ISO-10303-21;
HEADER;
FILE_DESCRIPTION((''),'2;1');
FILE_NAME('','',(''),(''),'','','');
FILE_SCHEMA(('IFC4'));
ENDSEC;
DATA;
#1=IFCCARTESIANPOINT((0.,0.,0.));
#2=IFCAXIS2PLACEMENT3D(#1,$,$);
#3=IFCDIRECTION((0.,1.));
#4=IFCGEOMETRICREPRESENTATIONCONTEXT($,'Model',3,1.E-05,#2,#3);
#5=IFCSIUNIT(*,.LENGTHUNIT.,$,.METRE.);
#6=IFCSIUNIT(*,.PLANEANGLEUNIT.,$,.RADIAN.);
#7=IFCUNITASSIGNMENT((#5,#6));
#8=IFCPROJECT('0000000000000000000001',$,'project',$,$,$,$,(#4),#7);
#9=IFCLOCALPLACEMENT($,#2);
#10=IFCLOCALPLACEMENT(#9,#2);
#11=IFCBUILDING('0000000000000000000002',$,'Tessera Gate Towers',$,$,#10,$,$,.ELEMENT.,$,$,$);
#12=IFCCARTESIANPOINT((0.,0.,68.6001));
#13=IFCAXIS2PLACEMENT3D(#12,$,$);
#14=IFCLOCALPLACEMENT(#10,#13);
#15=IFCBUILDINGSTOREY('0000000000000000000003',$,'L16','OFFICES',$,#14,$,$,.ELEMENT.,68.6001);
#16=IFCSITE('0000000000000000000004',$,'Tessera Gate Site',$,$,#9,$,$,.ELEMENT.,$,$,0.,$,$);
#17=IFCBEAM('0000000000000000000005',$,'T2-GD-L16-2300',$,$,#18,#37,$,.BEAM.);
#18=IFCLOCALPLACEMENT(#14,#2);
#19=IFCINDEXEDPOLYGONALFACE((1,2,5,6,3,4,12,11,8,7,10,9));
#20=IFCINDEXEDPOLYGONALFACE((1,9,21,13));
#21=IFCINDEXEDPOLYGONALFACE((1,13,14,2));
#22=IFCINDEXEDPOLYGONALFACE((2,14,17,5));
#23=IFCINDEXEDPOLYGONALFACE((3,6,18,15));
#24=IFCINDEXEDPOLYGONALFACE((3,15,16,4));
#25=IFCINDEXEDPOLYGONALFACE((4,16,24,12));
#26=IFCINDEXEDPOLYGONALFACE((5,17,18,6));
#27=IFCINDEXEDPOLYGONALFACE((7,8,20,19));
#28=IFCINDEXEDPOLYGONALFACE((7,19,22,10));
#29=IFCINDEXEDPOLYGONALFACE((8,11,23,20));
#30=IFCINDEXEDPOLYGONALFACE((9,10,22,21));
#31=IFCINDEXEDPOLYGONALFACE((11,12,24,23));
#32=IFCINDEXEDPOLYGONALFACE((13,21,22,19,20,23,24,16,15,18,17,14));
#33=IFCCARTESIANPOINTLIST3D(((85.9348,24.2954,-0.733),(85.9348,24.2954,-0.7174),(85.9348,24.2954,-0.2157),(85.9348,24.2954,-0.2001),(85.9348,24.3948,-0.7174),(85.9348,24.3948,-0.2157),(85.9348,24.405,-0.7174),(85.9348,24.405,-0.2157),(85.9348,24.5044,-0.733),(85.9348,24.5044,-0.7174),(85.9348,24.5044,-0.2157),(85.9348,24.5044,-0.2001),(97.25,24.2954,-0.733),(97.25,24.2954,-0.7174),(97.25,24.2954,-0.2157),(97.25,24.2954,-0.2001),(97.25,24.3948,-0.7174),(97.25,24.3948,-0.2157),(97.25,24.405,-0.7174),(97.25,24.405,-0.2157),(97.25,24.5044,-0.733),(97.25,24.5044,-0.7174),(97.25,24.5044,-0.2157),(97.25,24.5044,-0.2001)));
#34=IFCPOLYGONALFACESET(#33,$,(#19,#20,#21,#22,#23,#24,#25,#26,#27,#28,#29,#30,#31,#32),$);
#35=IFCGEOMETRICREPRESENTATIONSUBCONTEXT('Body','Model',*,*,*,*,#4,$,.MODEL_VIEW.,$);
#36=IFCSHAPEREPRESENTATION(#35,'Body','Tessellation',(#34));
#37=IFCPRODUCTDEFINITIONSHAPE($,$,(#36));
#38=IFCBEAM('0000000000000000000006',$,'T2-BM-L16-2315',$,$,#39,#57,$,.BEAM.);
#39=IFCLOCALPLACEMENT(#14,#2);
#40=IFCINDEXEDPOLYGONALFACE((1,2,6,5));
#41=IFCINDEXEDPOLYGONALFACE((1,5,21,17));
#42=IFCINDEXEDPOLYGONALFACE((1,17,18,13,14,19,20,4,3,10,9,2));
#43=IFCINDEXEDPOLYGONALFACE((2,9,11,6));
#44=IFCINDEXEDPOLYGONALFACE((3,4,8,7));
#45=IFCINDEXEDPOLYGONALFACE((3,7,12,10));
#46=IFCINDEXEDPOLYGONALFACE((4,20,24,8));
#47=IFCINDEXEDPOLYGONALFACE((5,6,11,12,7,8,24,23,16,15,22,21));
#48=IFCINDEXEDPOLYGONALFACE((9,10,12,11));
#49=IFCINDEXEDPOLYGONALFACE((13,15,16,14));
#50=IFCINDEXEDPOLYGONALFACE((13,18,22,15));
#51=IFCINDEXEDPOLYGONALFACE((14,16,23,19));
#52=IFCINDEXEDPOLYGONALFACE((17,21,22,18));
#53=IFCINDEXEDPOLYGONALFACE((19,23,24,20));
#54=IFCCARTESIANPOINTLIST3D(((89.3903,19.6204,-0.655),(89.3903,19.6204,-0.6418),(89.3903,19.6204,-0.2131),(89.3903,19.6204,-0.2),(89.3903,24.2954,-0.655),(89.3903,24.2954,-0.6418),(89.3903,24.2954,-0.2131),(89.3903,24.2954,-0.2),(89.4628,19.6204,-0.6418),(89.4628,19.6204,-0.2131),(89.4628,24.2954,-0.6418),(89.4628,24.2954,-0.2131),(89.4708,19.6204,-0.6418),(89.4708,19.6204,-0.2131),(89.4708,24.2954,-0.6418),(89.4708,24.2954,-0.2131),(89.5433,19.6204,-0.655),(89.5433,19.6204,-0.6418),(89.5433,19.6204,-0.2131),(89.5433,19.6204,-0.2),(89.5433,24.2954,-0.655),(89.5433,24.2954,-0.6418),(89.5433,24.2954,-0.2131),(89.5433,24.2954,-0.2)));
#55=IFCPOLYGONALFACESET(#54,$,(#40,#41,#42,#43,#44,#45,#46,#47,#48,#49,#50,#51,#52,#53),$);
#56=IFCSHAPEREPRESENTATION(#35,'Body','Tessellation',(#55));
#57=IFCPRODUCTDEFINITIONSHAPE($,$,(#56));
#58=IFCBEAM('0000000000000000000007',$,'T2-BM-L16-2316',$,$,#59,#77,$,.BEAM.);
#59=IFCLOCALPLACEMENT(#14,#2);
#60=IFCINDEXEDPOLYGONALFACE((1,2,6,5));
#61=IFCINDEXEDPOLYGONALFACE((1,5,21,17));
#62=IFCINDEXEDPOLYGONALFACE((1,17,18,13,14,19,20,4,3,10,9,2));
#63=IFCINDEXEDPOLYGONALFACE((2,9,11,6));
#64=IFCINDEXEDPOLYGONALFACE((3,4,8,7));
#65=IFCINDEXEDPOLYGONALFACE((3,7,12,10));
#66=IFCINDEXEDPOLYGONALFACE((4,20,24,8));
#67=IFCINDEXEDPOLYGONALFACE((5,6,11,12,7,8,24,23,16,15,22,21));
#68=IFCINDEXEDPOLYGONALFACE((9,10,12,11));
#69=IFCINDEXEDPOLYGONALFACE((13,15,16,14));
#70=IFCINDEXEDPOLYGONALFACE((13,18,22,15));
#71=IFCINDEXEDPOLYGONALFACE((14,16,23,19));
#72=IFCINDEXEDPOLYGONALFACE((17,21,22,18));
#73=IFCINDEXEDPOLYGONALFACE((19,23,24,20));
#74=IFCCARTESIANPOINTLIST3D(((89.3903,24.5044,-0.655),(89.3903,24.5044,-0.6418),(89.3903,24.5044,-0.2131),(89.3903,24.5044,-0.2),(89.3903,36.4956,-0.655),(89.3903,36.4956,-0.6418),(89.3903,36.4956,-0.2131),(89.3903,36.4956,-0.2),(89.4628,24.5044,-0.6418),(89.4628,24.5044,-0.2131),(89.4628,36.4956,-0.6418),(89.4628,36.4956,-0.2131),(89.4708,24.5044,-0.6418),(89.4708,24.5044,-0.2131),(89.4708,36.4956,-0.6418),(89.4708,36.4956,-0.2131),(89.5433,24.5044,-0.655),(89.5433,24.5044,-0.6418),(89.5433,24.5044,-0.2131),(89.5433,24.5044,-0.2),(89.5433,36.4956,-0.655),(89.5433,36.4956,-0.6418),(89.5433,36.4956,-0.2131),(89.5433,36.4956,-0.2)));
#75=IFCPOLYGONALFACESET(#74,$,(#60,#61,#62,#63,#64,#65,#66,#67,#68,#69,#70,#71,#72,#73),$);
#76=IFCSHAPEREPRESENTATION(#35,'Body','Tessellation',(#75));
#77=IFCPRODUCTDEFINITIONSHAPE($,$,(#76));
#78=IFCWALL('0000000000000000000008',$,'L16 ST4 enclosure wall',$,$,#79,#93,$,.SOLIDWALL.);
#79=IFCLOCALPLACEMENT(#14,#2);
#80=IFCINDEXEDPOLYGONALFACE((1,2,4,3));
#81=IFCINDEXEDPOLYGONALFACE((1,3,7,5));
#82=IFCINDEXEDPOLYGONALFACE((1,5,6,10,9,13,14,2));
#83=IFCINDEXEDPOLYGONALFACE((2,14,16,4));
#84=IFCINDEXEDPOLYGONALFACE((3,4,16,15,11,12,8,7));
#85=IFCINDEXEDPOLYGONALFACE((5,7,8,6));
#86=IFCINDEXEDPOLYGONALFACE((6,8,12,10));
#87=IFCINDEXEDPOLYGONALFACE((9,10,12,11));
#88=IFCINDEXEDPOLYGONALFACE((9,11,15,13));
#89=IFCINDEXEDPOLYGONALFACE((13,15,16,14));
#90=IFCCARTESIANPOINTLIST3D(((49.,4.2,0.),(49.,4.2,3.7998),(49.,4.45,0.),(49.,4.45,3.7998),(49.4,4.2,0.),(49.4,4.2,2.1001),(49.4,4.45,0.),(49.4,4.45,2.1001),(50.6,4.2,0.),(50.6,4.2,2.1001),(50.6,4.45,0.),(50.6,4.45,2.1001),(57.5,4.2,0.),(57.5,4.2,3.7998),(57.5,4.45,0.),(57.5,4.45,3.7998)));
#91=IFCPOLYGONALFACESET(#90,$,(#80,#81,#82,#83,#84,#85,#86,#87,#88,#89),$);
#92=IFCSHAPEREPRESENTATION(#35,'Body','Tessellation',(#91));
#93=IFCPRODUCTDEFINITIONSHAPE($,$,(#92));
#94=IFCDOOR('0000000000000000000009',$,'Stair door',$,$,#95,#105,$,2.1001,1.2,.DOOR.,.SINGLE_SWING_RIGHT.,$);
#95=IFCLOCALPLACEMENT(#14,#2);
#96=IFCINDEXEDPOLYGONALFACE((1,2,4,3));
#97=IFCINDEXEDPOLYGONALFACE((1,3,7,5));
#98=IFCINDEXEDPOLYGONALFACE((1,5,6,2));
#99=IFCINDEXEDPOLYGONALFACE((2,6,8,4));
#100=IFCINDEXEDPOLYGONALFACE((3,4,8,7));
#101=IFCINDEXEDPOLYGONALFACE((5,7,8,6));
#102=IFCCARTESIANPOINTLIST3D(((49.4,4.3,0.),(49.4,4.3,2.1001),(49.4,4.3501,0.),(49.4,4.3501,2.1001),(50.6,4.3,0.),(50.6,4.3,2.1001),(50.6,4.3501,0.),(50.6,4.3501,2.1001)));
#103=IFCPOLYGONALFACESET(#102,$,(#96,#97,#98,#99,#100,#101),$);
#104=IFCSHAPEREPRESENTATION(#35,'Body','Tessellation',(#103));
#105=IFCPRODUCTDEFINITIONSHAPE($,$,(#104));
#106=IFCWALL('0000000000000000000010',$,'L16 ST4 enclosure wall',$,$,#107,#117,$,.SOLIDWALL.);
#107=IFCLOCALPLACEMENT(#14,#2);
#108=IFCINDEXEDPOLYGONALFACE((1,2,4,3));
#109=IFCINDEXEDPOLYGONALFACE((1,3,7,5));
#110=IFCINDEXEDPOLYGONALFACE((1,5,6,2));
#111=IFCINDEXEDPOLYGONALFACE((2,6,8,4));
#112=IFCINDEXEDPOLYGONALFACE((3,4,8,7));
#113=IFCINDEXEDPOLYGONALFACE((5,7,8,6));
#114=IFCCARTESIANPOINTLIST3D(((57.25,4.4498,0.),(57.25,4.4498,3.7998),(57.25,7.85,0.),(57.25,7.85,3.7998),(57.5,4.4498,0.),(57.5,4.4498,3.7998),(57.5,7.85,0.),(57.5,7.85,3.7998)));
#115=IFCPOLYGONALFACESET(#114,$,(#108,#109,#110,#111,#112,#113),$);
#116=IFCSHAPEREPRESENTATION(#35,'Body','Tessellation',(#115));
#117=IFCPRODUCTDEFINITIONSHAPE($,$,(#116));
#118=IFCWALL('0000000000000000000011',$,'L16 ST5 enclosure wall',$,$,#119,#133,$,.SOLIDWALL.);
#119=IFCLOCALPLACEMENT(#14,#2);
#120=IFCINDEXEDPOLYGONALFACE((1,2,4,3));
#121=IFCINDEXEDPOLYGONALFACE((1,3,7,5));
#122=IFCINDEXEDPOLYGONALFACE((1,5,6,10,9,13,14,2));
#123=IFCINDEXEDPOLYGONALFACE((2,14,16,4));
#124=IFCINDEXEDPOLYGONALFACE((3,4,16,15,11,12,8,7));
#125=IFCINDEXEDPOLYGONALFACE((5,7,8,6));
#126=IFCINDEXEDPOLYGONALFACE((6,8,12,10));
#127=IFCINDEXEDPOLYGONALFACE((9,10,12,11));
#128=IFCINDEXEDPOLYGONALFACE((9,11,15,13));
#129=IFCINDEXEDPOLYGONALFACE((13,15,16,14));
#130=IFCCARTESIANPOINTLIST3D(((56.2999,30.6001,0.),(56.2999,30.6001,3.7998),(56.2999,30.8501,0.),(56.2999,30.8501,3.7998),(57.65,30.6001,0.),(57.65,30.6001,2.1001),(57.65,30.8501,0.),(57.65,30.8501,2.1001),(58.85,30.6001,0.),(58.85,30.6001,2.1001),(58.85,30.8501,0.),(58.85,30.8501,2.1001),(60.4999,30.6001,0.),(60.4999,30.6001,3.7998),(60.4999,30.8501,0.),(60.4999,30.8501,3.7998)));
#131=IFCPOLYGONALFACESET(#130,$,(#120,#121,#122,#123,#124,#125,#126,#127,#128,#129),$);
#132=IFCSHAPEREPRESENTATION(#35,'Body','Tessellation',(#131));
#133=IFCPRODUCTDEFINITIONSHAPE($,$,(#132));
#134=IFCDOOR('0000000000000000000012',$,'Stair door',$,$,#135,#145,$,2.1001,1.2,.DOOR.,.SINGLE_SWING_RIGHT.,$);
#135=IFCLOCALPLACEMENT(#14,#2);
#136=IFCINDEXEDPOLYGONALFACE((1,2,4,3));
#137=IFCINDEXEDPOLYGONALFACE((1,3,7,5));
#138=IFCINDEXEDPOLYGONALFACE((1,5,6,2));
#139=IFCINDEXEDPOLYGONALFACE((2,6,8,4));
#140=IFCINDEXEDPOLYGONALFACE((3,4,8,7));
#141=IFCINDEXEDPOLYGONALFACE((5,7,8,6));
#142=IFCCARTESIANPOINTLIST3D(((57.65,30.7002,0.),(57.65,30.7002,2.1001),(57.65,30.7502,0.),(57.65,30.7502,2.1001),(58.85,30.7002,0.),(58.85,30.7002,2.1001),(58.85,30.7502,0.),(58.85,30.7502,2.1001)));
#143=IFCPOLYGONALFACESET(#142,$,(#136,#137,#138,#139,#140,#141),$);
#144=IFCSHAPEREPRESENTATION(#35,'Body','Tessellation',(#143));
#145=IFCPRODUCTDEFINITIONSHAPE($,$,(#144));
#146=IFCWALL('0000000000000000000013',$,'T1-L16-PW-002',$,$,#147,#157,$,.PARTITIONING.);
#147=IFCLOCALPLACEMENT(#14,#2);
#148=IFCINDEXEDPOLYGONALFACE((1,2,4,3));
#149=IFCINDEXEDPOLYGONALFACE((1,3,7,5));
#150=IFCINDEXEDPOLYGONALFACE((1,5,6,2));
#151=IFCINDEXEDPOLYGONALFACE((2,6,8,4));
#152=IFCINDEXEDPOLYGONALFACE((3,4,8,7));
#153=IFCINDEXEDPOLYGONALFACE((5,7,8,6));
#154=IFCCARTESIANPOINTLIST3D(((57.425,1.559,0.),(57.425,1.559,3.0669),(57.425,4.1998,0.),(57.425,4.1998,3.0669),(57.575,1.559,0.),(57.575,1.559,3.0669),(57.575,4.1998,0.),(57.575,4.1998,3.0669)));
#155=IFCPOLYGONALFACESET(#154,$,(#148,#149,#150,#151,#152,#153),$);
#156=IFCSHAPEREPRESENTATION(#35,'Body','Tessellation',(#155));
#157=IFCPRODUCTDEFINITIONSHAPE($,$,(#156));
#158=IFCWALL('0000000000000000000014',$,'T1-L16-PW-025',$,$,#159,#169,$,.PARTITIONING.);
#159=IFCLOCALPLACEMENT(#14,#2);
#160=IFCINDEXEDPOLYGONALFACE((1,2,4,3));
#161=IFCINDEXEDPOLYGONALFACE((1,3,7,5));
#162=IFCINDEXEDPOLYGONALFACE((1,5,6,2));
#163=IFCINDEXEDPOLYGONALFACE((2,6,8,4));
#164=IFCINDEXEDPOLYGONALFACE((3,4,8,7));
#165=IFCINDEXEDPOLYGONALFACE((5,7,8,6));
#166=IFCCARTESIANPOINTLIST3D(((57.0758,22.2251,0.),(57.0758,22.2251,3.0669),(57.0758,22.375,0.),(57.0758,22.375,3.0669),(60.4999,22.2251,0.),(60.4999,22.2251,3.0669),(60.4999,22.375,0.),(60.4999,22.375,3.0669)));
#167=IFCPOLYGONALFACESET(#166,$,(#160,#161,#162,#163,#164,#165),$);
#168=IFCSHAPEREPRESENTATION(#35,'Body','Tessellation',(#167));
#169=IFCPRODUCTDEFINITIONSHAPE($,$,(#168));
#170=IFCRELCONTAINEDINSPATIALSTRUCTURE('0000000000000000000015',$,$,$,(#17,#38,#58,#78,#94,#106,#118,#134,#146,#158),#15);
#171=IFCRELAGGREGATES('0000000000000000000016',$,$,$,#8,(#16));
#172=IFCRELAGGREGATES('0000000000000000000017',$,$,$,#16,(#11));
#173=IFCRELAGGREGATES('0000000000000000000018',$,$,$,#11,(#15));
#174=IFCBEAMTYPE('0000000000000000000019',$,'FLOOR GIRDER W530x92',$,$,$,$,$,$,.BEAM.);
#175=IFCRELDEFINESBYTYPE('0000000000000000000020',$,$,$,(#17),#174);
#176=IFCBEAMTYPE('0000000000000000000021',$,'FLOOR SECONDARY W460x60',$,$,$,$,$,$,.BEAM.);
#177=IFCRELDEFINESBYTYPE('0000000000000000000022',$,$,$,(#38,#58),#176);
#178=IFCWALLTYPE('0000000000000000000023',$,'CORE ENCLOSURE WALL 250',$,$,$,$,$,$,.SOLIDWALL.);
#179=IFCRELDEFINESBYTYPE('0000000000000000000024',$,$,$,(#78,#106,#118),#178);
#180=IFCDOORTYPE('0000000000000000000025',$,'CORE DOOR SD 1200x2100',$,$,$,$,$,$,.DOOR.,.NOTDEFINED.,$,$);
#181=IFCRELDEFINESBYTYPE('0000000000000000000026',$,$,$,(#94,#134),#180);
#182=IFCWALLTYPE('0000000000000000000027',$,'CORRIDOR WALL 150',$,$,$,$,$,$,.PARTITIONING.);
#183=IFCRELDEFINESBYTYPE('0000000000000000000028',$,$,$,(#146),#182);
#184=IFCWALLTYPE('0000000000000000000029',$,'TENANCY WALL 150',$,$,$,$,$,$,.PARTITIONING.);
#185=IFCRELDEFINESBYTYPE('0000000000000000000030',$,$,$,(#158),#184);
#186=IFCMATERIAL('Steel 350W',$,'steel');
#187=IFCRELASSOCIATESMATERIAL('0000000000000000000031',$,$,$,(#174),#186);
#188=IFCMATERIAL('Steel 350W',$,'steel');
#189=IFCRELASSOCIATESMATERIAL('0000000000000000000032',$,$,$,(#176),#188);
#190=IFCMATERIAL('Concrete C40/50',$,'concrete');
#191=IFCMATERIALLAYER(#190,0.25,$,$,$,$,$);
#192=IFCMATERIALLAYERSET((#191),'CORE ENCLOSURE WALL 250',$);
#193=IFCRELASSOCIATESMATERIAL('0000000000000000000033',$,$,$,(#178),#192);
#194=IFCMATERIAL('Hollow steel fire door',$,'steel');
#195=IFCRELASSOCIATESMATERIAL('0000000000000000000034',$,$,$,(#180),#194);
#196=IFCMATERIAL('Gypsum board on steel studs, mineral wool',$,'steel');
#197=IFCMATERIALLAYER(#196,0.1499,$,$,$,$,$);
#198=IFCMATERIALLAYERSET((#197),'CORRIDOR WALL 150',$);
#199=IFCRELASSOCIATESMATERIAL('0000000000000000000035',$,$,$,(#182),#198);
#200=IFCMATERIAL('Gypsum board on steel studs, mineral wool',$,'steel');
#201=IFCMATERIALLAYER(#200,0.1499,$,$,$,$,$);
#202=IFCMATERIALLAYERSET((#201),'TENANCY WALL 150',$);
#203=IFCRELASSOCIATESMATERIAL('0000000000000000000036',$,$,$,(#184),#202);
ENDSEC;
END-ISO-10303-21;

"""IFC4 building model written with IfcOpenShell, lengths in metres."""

from ifc_helpers import new_model, si_unit, direction, frame, frame_2d, origin, origin_2d, place, context, subcontext, project, spatial, rectangle, i_section, extrude, source, transform, mapped, material, layer, layer_set, material_profile, profile_set, type_object, element, fill, save


model = new_model("IFC4")

# Units and contexts
model_context = context("Model", 3, precision=1e-05, world=origin(), true_north=direction((0.0, 1.0)))
body_context = subcontext(model_context, "Body", "Model", "MODEL_VIEW")
ifc_project = project(units=[si_unit("LENGTHUNIT", "METRE"), si_unit("PLANEANGLEUNIT", "RADIAN")], contexts=[model_context])

# Site, building, storey
site_placement = place(None, origin())
site = spatial("IfcSite", under=ifc_project, at=site_placement, Name="Tessera Gate Site", CompositionType="ELEMENT", RefElevation=0.0)
building_placement = place(site_placement, origin())
building = spatial("IfcBuilding", under=site, at=building_placement, Name="Tessera Gate Towers", CompositionType="ELEMENT")
storey_placement = place(building_placement, frame((0.0, 0.0, 68.6001)))
storey = spatial("IfcBuildingStorey", under=building, at=storey_placement, Name="L16", Description="OFFICES", CompositionType="ELEMENT", Elevation=68.6001)

# Beams
ifc_material_1 = material(Name="Steel 350W", Category="steel")
ifc_material_profile_1 = material_profile(ifc_material_1, i_section(OverallWidth=0.209, OverallDepth=0.533, WebThickness=0.0103, FlangeThickness=0.0156, at=origin_2d()), Name="W530x92")
ifc_profile_set_1 = profile_set([ifc_material_profile_1], Name="Steel 350W")
beam_type_1 = type_object("IfcBeamType", Name="FLOOR GIRDER W530x92", PredefinedType="BEAM", material=ifc_profile_set_1)
beam_1_placement = place(storey_placement, frame((85.9348, 24.3999, -0.4666), z_axis=(1.0, 0.0, 0.0), x_axis=(0.0, 1.0, 0.0)))
element("IfcBeam", 1, at=beam_1_placement, inside=storey, type_object=beam_type_1, Name="T2-GD-L16-2300", PredefinedType="BEAM", context=body_context, shape_type="SweptSolid", body=[
    extrude(i_section(OverallWidth=0.209, OverallDepth=0.533, WebThickness=0.0103, FlangeThickness=0.0156, at=origin_2d()), origin(), (0.0, 0.0, 1.0), 11.3152),
])
ifc_material_2 = material(Name="Steel 350W", Category="steel")
ifc_material_profile_2 = material_profile(ifc_material_2, i_section(OverallWidth=0.1531, OverallDepth=0.4551, WebThickness=0.0081, FlangeThickness=0.0132, at=origin_2d()), Name="W460x60")
ifc_profile_set_2 = profile_set([ifc_material_profile_2], Name="Steel 350W")
beam_type_2 = type_object("IfcBeamType", Name="FLOOR SECONDARY W460x60", PredefinedType="BEAM", material=ifc_profile_set_2)
beam_2_placement = place(storey_placement, frame((89.4668, 19.6204, -0.4275), z_axis=(0.0, 1.0, 0.0), x_axis=(-1.0, 0.0, 0.0)))
element("IfcBeam", 2, at=beam_2_placement, inside=storey, type_object=beam_type_2, Name="T2-BM-L16-2315", PredefinedType="BEAM", context=body_context, shape_type="SweptSolid", body=[
    extrude(i_section(OverallWidth=0.1531, OverallDepth=0.4551, WebThickness=0.0081, FlangeThickness=0.0132, at=origin_2d()), origin(), (0.0, 0.0, 1.0), 4.675),
])
beam_3_placement = place(storey_placement, frame((89.4668, 24.5044, -0.4275), z_axis=(0.0, 1.0, 0.0), x_axis=(-1.0, 0.0, 0.0)))
element("IfcBeam", 3, at=beam_3_placement, inside=storey, type_object=beam_type_2, Name="T2-BM-L16-2316", PredefinedType="BEAM", context=body_context, shape_type="SweptSolid", body=[
    extrude(i_section(OverallWidth=0.1531, OverallDepth=0.4551, WebThickness=0.0081, FlangeThickness=0.0132, at=origin_2d()), origin(), (0.0, 0.0, 1.0), 11.9912),
])

# Wall, opening, door
ifc_material_3 = material(Name="Concrete C40/50", Category="concrete")
ifc_layer_1 = layer(ifc_material_3, 0.25)
ifc_layer_set_1 = layer_set([ifc_layer_1], Name="CORE ENCLOSURE WALL 250")
wall_type_1 = type_object("IfcWallType", Name="CORE ENCLOSURE WALL 250", PredefinedType="SOLIDWALL", material=ifc_layer_set_1)
wall_1_placement = place(storey_placement, frame((57.5, 4.325, 0.0), z_axis=(0.0, 0.0, 1.0), x_axis=(-1.0, 0.0, 0.0)))
wall_1 = element("IfcWall", 4, at=wall_1_placement, inside=storey, type_object=wall_type_1, Name="L16 ST4 enclosure wall", PredefinedType="SOLIDWALL", context=body_context, shape_type="SweptSolid", body=[
    extrude(rectangle(XDim=8.5, YDim=0.25, at=frame_2d((4.25, 0.0))), origin(), (0.0, 0.0, 1.0), 3.7998),
])
shared_shape_1 = source(origin(), body_context, "Body", "SweptSolid", [
    extrude(rectangle(XDim=1.2, YDim=2.1001, at=frame_2d((0.6001, 1.05))), frame((0.0, 0.135, 0.0), z_axis=(0.0, -1.0, 0.0), x_axis=(1.0, 0.0, 0.0)), (0.0, 0.0, 1.0), 0.27),
])
opening_1_placement = place(wall_1_placement, frame((6.8999, 0.0, 0.0)))
opening_1 = element("IfcOpeningElement", 5, at=opening_1_placement, cuts=wall_1, PredefinedType="OPENING", context=body_context, shape_type="MappedRepresentation", body=[
    mapped(shared_shape_1, transform((0.0, 0.0, 0.0), scale=1.0)),
])
ifc_material_4 = material(Name="Hollow steel fire door", Category="steel")
door_type = type_object("IfcDoorType", Name="CORE DOOR SD 1200x2100", OperationType="NOTDEFINED", PredefinedType="DOOR", material=ifc_material_4)
shared_shape_2 = source(origin(), body_context, "Body", "SweptSolid", [
    extrude(rectangle(XDim=1.2, YDim=2.1001, at=frame_2d((0.6001, 1.05))), frame((0.0, 0.0249, 0.0), z_axis=(0.0, -1.0, 0.0), x_axis=(1.0, 0.0, 0.0)), (0.0, 0.0, 1.0), 0.05),
])
door_1_placement = place(opening_1_placement, origin())
door_1 = element("IfcDoor", 6, at=door_1_placement, inside=storey, type_object=door_type, Name="Stair door", OperationType="SINGLE_SWING_RIGHT", OverallHeight=2.1001, OverallWidth=1.2, PredefinedType="DOOR", context=body_context, shape_type="MappedRepresentation", body=[
    mapped(shared_shape_2, transform((0.0, 0.0, 0.0), scale=1.0)),
])
fill(opening_1, door_1)

# Wall
wall_2_placement = place(storey_placement, frame((57.375, 7.8501, 0.0), z_axis=(0.0, 0.0, 1.0), x_axis=(0.0, -1.0, 0.0)))
element("IfcWall", 7, at=wall_2_placement, inside=storey, type_object=wall_type_1, Name="L16 ST4 enclosure wall", PredefinedType="SOLIDWALL", context=body_context, shape_type="SweptSolid", body=[
    extrude(rectangle(XDim=3.4001, YDim=0.25, at=frame_2d((1.7002, 0.0))), origin(), (0.0, 0.0, 1.0), 3.7998),
])

# Wall, opening, door
wall_3_placement = place(storey_placement, frame((60.5, 30.7251, 0.0), z_axis=(0.0, 0.0, 1.0), x_axis=(-1.0, 0.0, 0.0)))
wall_3 = element("IfcWall", 8, at=wall_3_placement, inside=storey, type_object=wall_type_1, Name="L16 ST5 enclosure wall", PredefinedType="SOLIDWALL", context=body_context, shape_type="SweptSolid", body=[
    extrude(rectangle(XDim=4.2, YDim=0.25, at=frame_2d((2.1001, 0.0))), origin(), (0.0, 0.0, 1.0), 3.7998),
])
opening_2_placement = place(wall_3_placement, frame((1.6499, 0.0, 0.0)))
opening_2 = element("IfcOpeningElement", 9, at=opening_2_placement, cuts=wall_3, PredefinedType="OPENING", context=body_context, shape_type="MappedRepresentation", body=[
    mapped(shared_shape_1, transform((0.0, 0.0, 0.0), scale=1.0)),
])
door_2_placement = place(opening_2_placement, origin())
door_2 = element("IfcDoor", 10, at=door_2_placement, inside=storey, type_object=door_type, Name="Stair door", OperationType="SINGLE_SWING_RIGHT", OverallHeight=2.1001, OverallWidth=1.2, PredefinedType="DOOR", context=body_context, shape_type="MappedRepresentation", body=[
    mapped(shared_shape_2, transform((0.0, 0.0, 0.0), scale=1.0)),
])
fill(opening_2, door_2)

# Walls
ifc_material_5 = material(Name="Gypsum board on steel studs, mineral wool", Category="steel")
ifc_layer_2 = layer(ifc_material_5, 0.1499)
ifc_layer_set_2 = layer_set([ifc_layer_2], Name="CORRIDOR WALL 150")
wall_type_2 = type_object("IfcWallType", Name="CORRIDOR WALL 150", PredefinedType="PARTITIONING", material=ifc_layer_set_2)
wall_4_placement = place(storey_placement, frame((57.5, 1.5591, 0.0), z_axis=(0.0, 0.0, 1.0), x_axis=(0.0, 1.0, 0.0)))
element("IfcWall", 11, at=wall_4_placement, inside=storey, type_object=wall_type_2, Name="T1-L16-PW-002", PredefinedType="PARTITIONING", context=body_context, shape_type="SweptSolid", body=[
    extrude(rectangle(XDim=2.6409, YDim=0.1499, at=frame_2d((1.3203, 0.0))), origin(), (0.0, 0.0, 1.0), 3.0669),
])
ifc_material_6 = material(Name="Gypsum board on steel studs, mineral wool", Category="steel")
ifc_layer_3 = layer(ifc_material_6, 0.1499)
ifc_layer_set_3 = layer_set([ifc_layer_3], Name="TENANCY WALL 150")
wall_type_3 = type_object("IfcWallType", Name="TENANCY WALL 150", PredefinedType="PARTITIONING", material=ifc_layer_set_3)
wall_5_placement = place(storey_placement, frame((57.0759, 22.3, 0.0), z_axis=(0.0, 0.0, 1.0), x_axis=(1.0, 0.0, 0.0)))
element("IfcWall", 12, at=wall_5_placement, inside=storey, type_object=wall_type_3, Name="T1-L16-PW-025", PredefinedType="PARTITIONING", context=body_context, shape_type="SweptSolid", body=[
    extrude(rectangle(XDim=3.4241, YDim=0.1499, at=frame_2d((1.7119, 0.0))), origin(), (0.0, 0.0, 1.0), 3.0669),
])

save(model, "model.ifc")
